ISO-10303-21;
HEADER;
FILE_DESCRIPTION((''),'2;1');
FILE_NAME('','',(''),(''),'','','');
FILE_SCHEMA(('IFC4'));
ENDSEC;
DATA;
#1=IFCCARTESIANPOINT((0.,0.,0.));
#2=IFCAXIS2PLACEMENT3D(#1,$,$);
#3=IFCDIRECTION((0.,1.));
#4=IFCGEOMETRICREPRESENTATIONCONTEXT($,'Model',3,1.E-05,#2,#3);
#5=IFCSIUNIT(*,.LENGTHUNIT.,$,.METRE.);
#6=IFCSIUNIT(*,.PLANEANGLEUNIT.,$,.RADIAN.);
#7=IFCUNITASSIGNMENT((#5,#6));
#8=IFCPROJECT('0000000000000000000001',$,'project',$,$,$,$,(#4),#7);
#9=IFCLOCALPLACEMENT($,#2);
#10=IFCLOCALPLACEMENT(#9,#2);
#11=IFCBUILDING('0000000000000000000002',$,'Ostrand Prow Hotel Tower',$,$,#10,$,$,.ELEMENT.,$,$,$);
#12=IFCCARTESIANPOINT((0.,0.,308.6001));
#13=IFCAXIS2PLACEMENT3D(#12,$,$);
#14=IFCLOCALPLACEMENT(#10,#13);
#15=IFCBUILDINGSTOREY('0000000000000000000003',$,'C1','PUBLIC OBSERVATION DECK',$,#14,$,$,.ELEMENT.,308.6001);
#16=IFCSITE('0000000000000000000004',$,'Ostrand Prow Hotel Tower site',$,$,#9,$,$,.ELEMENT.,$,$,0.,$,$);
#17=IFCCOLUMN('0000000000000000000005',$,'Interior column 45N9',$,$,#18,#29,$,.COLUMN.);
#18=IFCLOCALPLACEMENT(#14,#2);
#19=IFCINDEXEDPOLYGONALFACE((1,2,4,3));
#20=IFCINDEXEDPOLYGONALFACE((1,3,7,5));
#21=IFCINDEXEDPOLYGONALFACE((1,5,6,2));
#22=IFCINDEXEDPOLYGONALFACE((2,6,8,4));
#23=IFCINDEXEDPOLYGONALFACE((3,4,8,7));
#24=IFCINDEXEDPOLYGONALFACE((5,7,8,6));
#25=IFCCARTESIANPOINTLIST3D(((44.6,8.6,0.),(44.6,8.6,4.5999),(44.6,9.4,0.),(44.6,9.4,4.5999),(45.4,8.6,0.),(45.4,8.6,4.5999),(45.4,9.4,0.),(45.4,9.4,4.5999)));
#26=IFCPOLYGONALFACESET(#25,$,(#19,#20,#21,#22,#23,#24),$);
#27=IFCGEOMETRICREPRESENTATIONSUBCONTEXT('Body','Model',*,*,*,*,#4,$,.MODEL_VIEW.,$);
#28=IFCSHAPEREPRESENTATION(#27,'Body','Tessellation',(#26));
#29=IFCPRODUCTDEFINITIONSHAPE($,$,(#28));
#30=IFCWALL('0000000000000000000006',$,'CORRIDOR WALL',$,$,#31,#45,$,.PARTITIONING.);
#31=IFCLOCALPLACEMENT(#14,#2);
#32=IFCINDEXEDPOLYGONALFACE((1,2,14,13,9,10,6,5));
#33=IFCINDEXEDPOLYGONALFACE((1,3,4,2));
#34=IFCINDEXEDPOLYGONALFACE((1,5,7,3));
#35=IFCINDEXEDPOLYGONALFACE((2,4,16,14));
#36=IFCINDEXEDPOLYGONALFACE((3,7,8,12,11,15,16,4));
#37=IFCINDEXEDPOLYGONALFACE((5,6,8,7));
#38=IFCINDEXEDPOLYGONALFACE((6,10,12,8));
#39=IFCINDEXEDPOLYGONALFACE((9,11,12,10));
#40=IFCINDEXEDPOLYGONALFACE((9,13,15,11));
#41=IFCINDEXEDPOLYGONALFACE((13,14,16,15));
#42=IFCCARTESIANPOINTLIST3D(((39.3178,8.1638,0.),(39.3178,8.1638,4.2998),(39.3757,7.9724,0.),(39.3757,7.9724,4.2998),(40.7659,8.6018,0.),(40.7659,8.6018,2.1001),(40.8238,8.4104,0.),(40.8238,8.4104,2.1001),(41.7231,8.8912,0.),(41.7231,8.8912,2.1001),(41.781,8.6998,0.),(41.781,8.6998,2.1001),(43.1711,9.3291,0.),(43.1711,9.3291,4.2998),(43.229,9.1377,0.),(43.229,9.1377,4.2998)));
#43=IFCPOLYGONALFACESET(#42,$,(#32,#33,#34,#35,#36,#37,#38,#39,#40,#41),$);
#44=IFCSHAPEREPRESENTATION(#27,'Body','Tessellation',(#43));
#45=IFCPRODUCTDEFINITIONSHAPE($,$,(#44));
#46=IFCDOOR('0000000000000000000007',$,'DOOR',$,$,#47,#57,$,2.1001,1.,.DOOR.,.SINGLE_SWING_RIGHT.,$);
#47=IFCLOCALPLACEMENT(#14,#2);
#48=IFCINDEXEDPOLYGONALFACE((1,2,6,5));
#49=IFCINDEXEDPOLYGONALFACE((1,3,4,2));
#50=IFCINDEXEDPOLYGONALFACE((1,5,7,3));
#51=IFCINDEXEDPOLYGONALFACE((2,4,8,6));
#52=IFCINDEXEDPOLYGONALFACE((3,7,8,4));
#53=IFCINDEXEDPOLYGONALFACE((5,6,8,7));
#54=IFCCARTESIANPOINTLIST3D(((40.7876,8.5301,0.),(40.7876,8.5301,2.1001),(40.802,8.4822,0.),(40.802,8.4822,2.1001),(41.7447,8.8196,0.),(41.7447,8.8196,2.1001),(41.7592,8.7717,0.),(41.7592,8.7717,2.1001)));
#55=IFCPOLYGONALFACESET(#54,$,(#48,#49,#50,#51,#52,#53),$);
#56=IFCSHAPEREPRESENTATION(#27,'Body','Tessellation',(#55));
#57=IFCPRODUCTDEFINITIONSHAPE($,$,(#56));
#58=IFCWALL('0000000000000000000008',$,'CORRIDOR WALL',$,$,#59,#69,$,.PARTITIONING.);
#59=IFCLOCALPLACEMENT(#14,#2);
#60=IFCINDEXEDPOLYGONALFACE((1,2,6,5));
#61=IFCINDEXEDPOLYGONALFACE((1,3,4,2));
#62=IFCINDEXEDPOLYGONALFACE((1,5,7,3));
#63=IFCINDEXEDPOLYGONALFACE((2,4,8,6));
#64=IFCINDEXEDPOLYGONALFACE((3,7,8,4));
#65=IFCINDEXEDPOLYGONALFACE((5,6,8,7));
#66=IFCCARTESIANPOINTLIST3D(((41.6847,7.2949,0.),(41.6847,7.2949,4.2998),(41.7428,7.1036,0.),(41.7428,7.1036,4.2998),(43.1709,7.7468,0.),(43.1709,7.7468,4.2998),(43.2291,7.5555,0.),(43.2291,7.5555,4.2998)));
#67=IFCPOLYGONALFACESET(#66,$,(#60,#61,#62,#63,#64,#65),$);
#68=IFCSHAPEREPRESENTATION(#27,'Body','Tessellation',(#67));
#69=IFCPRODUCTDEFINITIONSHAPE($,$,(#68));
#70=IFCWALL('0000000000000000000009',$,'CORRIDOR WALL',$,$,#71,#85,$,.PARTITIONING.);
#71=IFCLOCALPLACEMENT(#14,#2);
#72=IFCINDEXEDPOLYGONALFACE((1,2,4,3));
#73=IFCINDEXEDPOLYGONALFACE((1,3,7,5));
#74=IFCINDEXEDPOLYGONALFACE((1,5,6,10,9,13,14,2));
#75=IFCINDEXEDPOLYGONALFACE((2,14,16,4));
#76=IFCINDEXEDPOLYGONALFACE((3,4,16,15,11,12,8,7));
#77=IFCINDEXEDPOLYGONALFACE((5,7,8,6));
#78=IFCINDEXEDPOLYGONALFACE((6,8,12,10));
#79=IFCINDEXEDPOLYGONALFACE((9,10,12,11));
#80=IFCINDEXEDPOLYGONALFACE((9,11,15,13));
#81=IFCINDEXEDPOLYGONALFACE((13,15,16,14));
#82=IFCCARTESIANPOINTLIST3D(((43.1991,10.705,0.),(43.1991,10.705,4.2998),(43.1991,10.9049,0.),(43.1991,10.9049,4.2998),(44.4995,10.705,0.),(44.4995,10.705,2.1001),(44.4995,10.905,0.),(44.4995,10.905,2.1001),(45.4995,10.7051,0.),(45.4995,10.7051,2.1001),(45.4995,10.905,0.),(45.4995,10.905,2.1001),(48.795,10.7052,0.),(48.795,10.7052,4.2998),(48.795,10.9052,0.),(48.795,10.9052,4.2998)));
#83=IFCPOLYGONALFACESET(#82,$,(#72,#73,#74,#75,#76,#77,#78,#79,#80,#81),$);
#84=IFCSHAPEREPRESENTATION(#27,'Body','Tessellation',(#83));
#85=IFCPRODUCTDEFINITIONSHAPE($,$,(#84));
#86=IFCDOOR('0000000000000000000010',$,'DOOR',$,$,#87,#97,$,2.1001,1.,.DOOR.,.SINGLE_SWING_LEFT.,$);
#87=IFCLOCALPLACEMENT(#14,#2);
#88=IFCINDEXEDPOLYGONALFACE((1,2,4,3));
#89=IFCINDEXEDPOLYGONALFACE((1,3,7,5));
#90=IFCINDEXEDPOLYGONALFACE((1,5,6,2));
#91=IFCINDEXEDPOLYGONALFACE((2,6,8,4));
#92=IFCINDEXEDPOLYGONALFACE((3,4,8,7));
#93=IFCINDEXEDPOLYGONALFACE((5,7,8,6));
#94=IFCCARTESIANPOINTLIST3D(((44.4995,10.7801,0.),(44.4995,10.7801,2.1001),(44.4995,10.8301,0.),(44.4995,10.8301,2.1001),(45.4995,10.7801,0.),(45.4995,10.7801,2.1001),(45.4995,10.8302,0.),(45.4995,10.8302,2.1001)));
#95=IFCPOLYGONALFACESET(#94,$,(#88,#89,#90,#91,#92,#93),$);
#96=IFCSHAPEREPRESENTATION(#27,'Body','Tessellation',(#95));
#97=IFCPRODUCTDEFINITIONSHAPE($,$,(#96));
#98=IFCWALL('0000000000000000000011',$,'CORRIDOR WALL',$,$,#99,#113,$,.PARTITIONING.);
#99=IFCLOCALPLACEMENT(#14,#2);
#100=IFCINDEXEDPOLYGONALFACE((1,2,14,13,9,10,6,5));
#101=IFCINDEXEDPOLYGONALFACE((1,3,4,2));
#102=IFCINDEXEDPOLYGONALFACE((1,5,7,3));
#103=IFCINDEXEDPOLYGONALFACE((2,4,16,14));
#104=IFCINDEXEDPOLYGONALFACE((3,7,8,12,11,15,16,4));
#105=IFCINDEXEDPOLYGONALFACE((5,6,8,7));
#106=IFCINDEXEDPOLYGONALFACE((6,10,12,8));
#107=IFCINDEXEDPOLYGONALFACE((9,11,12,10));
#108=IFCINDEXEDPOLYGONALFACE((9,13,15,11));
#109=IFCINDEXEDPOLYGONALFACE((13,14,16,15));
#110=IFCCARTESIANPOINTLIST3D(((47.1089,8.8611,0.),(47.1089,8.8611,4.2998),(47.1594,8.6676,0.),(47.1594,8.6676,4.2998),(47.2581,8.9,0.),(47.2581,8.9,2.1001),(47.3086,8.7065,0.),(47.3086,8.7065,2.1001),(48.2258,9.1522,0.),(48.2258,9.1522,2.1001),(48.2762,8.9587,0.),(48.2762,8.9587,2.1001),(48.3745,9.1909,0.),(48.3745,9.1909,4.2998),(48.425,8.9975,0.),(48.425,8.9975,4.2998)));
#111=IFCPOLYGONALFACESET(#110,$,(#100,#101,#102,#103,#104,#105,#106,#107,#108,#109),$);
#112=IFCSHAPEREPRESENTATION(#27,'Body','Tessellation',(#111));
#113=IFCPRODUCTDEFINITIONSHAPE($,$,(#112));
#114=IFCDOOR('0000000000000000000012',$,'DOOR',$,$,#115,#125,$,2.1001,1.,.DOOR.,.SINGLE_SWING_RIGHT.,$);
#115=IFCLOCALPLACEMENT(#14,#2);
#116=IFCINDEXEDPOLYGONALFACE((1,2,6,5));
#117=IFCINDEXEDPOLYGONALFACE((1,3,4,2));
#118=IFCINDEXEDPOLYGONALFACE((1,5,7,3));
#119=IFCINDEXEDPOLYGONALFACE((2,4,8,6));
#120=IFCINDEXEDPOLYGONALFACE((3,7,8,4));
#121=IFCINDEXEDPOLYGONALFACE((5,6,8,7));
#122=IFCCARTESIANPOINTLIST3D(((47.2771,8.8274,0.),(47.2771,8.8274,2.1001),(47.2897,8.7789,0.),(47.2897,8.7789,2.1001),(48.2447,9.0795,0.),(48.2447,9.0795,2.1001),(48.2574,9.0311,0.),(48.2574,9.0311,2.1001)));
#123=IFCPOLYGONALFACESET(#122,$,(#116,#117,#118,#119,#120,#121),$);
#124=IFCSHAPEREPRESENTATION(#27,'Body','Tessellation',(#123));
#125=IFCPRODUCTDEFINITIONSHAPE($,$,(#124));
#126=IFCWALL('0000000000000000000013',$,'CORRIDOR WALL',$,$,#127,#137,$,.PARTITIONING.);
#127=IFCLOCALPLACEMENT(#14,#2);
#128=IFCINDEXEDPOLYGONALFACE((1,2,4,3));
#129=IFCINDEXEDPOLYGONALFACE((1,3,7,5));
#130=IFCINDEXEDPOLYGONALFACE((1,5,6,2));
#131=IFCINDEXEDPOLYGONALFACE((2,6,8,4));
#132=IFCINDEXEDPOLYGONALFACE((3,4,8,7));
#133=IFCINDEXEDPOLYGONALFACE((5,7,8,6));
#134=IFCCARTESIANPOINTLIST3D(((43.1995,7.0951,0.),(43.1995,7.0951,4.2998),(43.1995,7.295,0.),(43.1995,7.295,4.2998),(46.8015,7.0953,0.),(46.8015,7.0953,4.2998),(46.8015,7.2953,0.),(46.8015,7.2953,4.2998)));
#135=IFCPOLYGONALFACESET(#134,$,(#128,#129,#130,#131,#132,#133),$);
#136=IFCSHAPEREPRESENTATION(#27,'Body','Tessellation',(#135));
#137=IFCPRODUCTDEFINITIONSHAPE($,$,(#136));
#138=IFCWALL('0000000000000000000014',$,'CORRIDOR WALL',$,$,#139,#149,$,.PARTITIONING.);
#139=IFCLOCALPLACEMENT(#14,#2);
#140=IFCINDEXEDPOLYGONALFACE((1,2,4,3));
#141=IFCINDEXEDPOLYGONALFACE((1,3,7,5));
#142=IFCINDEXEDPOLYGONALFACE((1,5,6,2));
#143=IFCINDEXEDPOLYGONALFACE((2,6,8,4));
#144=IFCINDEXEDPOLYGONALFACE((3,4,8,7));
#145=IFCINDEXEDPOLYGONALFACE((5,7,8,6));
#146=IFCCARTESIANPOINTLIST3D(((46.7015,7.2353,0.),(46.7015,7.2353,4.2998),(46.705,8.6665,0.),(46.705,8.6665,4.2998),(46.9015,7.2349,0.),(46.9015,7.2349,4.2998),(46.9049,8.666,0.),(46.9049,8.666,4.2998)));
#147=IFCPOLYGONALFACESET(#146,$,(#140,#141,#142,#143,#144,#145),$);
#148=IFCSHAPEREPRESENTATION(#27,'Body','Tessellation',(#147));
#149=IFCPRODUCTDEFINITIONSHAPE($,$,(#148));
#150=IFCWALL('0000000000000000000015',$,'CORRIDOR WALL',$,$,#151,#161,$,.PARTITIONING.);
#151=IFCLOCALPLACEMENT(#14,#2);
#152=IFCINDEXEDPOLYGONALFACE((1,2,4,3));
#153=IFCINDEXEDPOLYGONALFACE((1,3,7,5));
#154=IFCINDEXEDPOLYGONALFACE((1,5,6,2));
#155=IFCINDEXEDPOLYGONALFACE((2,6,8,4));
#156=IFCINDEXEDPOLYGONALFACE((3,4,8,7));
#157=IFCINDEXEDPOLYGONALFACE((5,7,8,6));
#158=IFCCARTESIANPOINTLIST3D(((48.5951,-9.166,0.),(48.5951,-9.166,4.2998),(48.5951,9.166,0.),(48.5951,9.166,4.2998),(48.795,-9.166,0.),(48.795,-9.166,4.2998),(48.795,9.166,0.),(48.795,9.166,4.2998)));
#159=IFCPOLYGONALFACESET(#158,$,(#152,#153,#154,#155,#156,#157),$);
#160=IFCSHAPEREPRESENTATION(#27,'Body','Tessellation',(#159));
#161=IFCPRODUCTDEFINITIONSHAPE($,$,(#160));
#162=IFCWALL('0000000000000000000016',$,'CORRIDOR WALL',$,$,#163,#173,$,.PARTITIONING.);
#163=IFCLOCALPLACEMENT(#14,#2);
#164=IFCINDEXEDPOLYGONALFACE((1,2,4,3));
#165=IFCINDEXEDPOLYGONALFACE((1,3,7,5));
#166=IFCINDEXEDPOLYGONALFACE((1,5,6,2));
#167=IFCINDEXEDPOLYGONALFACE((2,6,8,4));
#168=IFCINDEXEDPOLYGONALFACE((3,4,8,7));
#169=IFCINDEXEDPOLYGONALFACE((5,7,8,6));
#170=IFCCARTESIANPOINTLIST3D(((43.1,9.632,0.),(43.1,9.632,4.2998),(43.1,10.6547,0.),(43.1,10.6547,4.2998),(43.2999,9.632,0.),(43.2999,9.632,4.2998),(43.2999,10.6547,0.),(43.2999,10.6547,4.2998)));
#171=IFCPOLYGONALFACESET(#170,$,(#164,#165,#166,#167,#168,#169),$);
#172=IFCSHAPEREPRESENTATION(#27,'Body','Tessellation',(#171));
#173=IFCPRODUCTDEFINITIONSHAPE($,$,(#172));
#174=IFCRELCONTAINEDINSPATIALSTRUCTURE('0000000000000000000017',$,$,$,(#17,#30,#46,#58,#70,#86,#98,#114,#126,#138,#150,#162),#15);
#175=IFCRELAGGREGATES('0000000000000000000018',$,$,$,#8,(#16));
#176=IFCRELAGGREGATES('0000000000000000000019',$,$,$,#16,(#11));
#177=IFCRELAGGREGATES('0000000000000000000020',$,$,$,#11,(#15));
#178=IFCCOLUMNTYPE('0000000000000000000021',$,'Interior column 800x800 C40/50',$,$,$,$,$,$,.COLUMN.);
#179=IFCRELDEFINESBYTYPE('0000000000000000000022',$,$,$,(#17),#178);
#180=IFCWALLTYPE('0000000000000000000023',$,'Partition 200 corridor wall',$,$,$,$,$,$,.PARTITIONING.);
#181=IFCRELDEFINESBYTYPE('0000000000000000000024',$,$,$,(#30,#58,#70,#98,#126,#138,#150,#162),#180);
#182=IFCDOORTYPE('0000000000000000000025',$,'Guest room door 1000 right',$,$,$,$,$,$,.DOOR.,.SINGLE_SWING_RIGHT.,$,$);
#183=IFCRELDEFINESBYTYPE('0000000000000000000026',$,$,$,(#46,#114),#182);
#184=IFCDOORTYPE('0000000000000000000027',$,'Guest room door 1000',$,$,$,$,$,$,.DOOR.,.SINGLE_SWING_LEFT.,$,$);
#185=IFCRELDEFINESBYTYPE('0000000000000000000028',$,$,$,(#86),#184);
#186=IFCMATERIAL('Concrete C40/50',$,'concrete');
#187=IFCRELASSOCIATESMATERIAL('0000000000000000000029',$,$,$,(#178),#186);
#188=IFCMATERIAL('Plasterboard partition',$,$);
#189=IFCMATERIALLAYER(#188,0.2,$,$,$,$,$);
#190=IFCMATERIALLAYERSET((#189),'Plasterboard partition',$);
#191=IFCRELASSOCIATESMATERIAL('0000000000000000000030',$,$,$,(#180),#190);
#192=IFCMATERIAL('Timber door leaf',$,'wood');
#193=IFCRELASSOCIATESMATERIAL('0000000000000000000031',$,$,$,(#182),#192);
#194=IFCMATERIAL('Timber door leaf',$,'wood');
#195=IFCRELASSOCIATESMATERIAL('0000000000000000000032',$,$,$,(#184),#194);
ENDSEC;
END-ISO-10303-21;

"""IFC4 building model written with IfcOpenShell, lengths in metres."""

from ifc_helpers import new_model, si_unit, direction, frame, frame_2d, origin, origin_2d, place, context, subcontext, project, spatial, rectangle, extrude, material, layer, layer_set, material_profile, profile_set, type_object, element, fill, save


model = new_model("IFC4")

# Units and contexts
model_context = context("Model", 3, precision=1e-05, world=origin(), true_north=direction((0.0, 1.0)))
body_context = subcontext(model_context, "Body", "Model", "MODEL_VIEW")
ifc_project = project(units=[si_unit("LENGTHUNIT", "METRE"), si_unit("PLANEANGLEUNIT", "RADIAN")], contexts=[model_context])

# Site, building, storey
site_placement = place(None, origin())
site = spatial("IfcSite", under=ifc_project, at=site_placement, Name="Ostrand Prow Hotel Tower site", CompositionType="ELEMENT", RefElevation=0.0)
building_placement = place(site_placement, origin())
building = spatial("IfcBuilding", under=site, at=building_placement, Name="Ostrand Prow Hotel Tower", CompositionType="ELEMENT")
storey_placement = place(building_placement, frame((0.0, 0.0, 308.6001)))
storey = spatial("IfcBuildingStorey", under=building, at=storey_placement, Name="C1", Description="PUBLIC OBSERVATION DECK", CompositionType="ELEMENT", Elevation=308.6001)

# Column
ifc_material_1 = material(Name="Concrete C40/50", Category="concrete")
ifc_material_profile = material_profile(ifc_material_1, rectangle(XDim=0.8, YDim=0.8, at=origin_2d()), Name="RC 800x800")
ifc_profile_set = profile_set([ifc_material_profile], Name="Concrete C40/50")
column_type = type_object("IfcColumnType", Name="Interior column 800x800 C40/50", PredefinedType="COLUMN", material=ifc_profile_set)
column_placement = place(storey_placement, frame((45.0, 9.0, 0.0), z_axis=(0.0, 0.0, 1.0), x_axis=(1.0, 0.0, 0.0)))
element("IfcColumn", 1, at=column_placement, inside=storey, type_object=column_type, Name="Interior column 45N9", PredefinedType="COLUMN", context=body_context, shape_type="SweptSolid", body=[
    extrude(rectangle(XDim=0.8, YDim=0.8, at=origin_2d()), origin(), (0.0, 0.0, 1.0), 4.5999),
])

# Wall, opening, door
ifc_material_2 = material(Name="Plasterboard partition")
ifc_layer = layer(ifc_material_2, 0.2)
ifc_layer_set = layer_set([ifc_layer], Name="Plasterboard partition")
wall_type = type_object("IfcWallType", Name="Partition 200 corridor wall", PredefinedType="PARTITIONING", material=ifc_layer_set)
wall_1_placement = place(storey_placement, frame((43.2, 9.2334, 0.0), z_axis=(0.0, 0.0, 1.0), x_axis=(-0.957188, -0.289467, 0.0)))
wall_1 = element("IfcWall", 2, at=wall_1_placement, inside=storey, type_object=wall_type, Name="CORRIDOR WALL", PredefinedType="PARTITIONING", context=body_context, shape_type="SweptSolid", body=[
    extrude(rectangle(XDim=4.0256, YDim=0.2, at=frame_2d((2.0127, 0.0))), origin(), (0.0, 0.0, 1.0), 4.2998),
])
opening_1_placement = place(wall_1_placement, frame((1.5127, 0.0, 0.0)))
opening_1 = element("IfcOpeningElement", 3, at=opening_1_placement, cuts=wall_1, PredefinedType="OPENING", context=body_context, shape_type="SweptSolid", body=[
    extrude(rectangle(XDim=1.0, YDim=2.1001, at=frame_2d((0.5, 1.05))), frame((0.0, 0.1099, 0.0), z_axis=(0.0, -1.0, 0.0), x_axis=(1.0, 0.0, 0.0)), (0.0, 0.0, 1.0), 0.22),
])
ifc_material_3 = material(Name="Timber door leaf", Category="wood")
door_type_1 = type_object("IfcDoorType", Name="Guest room door 1000 right", OperationType="SINGLE_SWING_RIGHT", PredefinedType="DOOR", material=ifc_material_3)
door_1_placement = place(opening_1_placement, origin())
door_1 = element("IfcDoor", 4, at=door_1_placement, inside=storey, type_object=door_type_1, Name="DOOR", OperationType="SINGLE_SWING_RIGHT", OverallHeight=2.1001, OverallWidth=1.0, PredefinedType="DOOR", context=body_context, shape_type="SweptSolid", body=[
    extrude(rectangle(XDim=1.0, YDim=2.1001, at=frame_2d((0.5, 1.05))), frame((0.0, 0.0249, 0.0), z_axis=(0.0, -1.0, 0.0), x_axis=(1.0, 0.0, 0.0)), (0.0, 0.0, 1.0), 0.05),
])
fill(opening_1, door_1)

# Wall
wall_2_placement = place(storey_placement, frame((41.7136, 7.1992, 0.0), z_axis=(0.0, 0.0, 1.0), x_axis=(0.956756, 0.290893, 0.0)))
element("IfcWall", 5, at=wall_2_placement, inside=storey, type_object=wall_type, Name="CORRIDOR WALL", PredefinedType="PARTITIONING", context=body_context, shape_type="SweptSolid", body=[
    extrude(rectangle(XDim=1.5535, YDim=0.2, at=frame_2d((0.7769, 0.0))), origin(), (0.0, 0.0, 1.0), 4.2998),
])

# Walls, openings, doors
wall_3_placement = place(storey_placement, frame((48.7949, 10.8052, 0.0), z_axis=(0.0, 0.0, 1.0), x_axis=(-1.0, -0.000044, 0.0)))
wall_3 = element("IfcWall", 6, at=wall_3_placement, inside=storey, type_object=wall_type, Name="CORRIDOR WALL", PredefinedType="PARTITIONING", context=body_context, shape_type="SweptSolid", body=[
    extrude(rectangle(XDim=5.5959, YDim=0.2, at=frame_2d((2.7979, 0.0))), origin(), (0.0, 0.0, 1.0), 4.2998),
])
opening_2_placement = place(wall_3_placement, frame((3.2954, 0.0, 0.0)))
opening_2 = element("IfcOpeningElement", 7, at=opening_2_placement, cuts=wall_3, PredefinedType="OPENING", context=body_context, shape_type="SweptSolid", body=[
    extrude(rectangle(XDim=1.0, YDim=2.1001, at=frame_2d((0.5, 1.05))), frame((0.0, 0.1099, 0.0), z_axis=(0.0, -1.0, 0.0), x_axis=(1.0, 0.0, 0.0)), (0.0, 0.0, 1.0), 0.22),
])
ifc_material_4 = material(Name="Timber door leaf", Category="wood")
door_type_2 = type_object("IfcDoorType", Name="Guest room door 1000", OperationType="SINGLE_SWING_LEFT", PredefinedType="DOOR", material=ifc_material_4)
door_2_placement = place(opening_2_placement, origin())
door_2 = element("IfcDoor", 8, at=door_2_placement, inside=storey, type_object=door_type_2, Name="DOOR", OperationType="SINGLE_SWING_LEFT", OverallHeight=2.1001, OverallWidth=1.0, PredefinedType="DOOR", context=body_context, shape_type="SweptSolid", body=[
    extrude(rectangle(XDim=1.0, YDim=2.1001, at=frame_2d((0.5, 1.05))), frame((0.0, 0.0249, 0.0), z_axis=(0.0, -1.0, 0.0), x_axis=(1.0, 0.0, 0.0)), (0.0, 0.0, 1.0), 0.05),
])
fill(opening_2, door_2)
wall_4_placement = place(storey_placement, frame((47.1343, 8.7644, 0.0), z_axis=(0.0, 0.0, 1.0), x_axis=(0.967679, 0.252186, 0.0)))
wall_4 = element("IfcWall", 9, at=wall_4_placement, inside=storey, type_object=wall_type, Name="CORRIDOR WALL", PredefinedType="PARTITIONING", context=body_context, shape_type="SweptSolid", body=[
    extrude(rectangle(XDim=1.3079, YDim=0.2, at=frame_2d((0.6538, 0.0))), origin(), (0.0, 0.0, 1.0), 4.2998),
])
opening_3_placement = place(wall_4_placement, frame((0.1541, 0.0, 0.0)))
opening_3 = element("IfcOpeningElement", 10, at=opening_3_placement, cuts=wall_4, PredefinedType="OPENING", context=body_context, shape_type="SweptSolid", body=[
    extrude(rectangle(XDim=1.0, YDim=2.1001, at=frame_2d((0.5, 1.05))), frame((0.0, 0.1099, 0.0), z_axis=(0.0, -1.0, 0.0), x_axis=(1.0, 0.0, 0.0)), (0.0, 0.0, 1.0), 0.22),
])
door_3_placement = place(opening_3_placement, origin())
door_3 = element("IfcDoor", 11, at=door_3_placement, inside=storey, type_object=door_type_1, Name="DOOR", OperationType="SINGLE_SWING_RIGHT", OverallHeight=2.1001, OverallWidth=1.0, PredefinedType="DOOR", context=body_context, shape_type="SweptSolid", body=[
    extrude(rectangle(XDim=1.0, YDim=2.1001, at=frame_2d((0.5, 1.05))), frame((0.0, 0.0249, 0.0), z_axis=(0.0, -1.0, 0.0), x_axis=(1.0, 0.0, 0.0)), (0.0, 0.0, 1.0), 0.05),
])
fill(opening_3, door_3)

# Walls
wall_5_placement = place(storey_placement, frame((43.1995, 7.1951, 0.0), z_axis=(0.0, 0.0, 1.0), x_axis=(1.0, 0.000068, 0.0)))
element("IfcWall", 12, at=wall_5_placement, inside=storey, type_object=wall_type, Name="CORRIDOR WALL", PredefinedType="PARTITIONING", context=body_context, shape_type="SweptSolid", body=[
    extrude(rectangle(XDim=3.6021, YDim=0.2, at=frame_2d((1.801, 0.0))), origin(), (0.0, 0.0, 1.0), 4.2998),
])
wall_6_placement = place(storey_placement, frame((46.8015, 7.2351, 0.0), z_axis=(0.0, 0.0, 1.0), x_axis=(0.002388, 0.999997, 0.0)))
element("IfcWall", 13, at=wall_6_placement, inside=storey, type_object=wall_type, Name="CORRIDOR WALL", PredefinedType="PARTITIONING", context=body_context, shape_type="SweptSolid", body=[
    extrude(rectangle(XDim=1.4312, YDim=0.2, at=frame_2d((0.7156, 0.0))), origin(), (0.0, 0.0, 1.0), 4.2998),
])
wall_7_placement = place(storey_placement, frame((48.6951, 9.166, 0.0), z_axis=(0.0, 0.0, 1.0), x_axis=(0.0, -1.0, 0.0)))
element("IfcWall", 14, at=wall_7_placement, inside=storey, type_object=wall_type, Name="CORRIDOR WALL", PredefinedType="PARTITIONING", context=body_context, shape_type="SweptSolid", body=[
    extrude(rectangle(XDim=18.332, YDim=0.2, at=frame_2d((9.166, 0.0))), origin(), (0.0, 0.0, 1.0), 4.2998),
])
wall_8_placement = place(storey_placement, frame((43.2, 9.6321, 0.0), z_axis=(0.0, 0.0, 1.0), x_axis=(0.0, 1.0, 0.0)))
element("IfcWall", 15, at=wall_8_placement, inside=storey, type_object=wall_type, Name="CORRIDOR WALL", PredefinedType="PARTITIONING", context=body_context, shape_type="SweptSolid", body=[
    extrude(rectangle(XDim=1.0227, YDim=0.2, at=frame_2d((0.5112, 0.0))), origin(), (0.0, 0.0, 1.0), 4.2998),
])

save(model, "model.ifc")
